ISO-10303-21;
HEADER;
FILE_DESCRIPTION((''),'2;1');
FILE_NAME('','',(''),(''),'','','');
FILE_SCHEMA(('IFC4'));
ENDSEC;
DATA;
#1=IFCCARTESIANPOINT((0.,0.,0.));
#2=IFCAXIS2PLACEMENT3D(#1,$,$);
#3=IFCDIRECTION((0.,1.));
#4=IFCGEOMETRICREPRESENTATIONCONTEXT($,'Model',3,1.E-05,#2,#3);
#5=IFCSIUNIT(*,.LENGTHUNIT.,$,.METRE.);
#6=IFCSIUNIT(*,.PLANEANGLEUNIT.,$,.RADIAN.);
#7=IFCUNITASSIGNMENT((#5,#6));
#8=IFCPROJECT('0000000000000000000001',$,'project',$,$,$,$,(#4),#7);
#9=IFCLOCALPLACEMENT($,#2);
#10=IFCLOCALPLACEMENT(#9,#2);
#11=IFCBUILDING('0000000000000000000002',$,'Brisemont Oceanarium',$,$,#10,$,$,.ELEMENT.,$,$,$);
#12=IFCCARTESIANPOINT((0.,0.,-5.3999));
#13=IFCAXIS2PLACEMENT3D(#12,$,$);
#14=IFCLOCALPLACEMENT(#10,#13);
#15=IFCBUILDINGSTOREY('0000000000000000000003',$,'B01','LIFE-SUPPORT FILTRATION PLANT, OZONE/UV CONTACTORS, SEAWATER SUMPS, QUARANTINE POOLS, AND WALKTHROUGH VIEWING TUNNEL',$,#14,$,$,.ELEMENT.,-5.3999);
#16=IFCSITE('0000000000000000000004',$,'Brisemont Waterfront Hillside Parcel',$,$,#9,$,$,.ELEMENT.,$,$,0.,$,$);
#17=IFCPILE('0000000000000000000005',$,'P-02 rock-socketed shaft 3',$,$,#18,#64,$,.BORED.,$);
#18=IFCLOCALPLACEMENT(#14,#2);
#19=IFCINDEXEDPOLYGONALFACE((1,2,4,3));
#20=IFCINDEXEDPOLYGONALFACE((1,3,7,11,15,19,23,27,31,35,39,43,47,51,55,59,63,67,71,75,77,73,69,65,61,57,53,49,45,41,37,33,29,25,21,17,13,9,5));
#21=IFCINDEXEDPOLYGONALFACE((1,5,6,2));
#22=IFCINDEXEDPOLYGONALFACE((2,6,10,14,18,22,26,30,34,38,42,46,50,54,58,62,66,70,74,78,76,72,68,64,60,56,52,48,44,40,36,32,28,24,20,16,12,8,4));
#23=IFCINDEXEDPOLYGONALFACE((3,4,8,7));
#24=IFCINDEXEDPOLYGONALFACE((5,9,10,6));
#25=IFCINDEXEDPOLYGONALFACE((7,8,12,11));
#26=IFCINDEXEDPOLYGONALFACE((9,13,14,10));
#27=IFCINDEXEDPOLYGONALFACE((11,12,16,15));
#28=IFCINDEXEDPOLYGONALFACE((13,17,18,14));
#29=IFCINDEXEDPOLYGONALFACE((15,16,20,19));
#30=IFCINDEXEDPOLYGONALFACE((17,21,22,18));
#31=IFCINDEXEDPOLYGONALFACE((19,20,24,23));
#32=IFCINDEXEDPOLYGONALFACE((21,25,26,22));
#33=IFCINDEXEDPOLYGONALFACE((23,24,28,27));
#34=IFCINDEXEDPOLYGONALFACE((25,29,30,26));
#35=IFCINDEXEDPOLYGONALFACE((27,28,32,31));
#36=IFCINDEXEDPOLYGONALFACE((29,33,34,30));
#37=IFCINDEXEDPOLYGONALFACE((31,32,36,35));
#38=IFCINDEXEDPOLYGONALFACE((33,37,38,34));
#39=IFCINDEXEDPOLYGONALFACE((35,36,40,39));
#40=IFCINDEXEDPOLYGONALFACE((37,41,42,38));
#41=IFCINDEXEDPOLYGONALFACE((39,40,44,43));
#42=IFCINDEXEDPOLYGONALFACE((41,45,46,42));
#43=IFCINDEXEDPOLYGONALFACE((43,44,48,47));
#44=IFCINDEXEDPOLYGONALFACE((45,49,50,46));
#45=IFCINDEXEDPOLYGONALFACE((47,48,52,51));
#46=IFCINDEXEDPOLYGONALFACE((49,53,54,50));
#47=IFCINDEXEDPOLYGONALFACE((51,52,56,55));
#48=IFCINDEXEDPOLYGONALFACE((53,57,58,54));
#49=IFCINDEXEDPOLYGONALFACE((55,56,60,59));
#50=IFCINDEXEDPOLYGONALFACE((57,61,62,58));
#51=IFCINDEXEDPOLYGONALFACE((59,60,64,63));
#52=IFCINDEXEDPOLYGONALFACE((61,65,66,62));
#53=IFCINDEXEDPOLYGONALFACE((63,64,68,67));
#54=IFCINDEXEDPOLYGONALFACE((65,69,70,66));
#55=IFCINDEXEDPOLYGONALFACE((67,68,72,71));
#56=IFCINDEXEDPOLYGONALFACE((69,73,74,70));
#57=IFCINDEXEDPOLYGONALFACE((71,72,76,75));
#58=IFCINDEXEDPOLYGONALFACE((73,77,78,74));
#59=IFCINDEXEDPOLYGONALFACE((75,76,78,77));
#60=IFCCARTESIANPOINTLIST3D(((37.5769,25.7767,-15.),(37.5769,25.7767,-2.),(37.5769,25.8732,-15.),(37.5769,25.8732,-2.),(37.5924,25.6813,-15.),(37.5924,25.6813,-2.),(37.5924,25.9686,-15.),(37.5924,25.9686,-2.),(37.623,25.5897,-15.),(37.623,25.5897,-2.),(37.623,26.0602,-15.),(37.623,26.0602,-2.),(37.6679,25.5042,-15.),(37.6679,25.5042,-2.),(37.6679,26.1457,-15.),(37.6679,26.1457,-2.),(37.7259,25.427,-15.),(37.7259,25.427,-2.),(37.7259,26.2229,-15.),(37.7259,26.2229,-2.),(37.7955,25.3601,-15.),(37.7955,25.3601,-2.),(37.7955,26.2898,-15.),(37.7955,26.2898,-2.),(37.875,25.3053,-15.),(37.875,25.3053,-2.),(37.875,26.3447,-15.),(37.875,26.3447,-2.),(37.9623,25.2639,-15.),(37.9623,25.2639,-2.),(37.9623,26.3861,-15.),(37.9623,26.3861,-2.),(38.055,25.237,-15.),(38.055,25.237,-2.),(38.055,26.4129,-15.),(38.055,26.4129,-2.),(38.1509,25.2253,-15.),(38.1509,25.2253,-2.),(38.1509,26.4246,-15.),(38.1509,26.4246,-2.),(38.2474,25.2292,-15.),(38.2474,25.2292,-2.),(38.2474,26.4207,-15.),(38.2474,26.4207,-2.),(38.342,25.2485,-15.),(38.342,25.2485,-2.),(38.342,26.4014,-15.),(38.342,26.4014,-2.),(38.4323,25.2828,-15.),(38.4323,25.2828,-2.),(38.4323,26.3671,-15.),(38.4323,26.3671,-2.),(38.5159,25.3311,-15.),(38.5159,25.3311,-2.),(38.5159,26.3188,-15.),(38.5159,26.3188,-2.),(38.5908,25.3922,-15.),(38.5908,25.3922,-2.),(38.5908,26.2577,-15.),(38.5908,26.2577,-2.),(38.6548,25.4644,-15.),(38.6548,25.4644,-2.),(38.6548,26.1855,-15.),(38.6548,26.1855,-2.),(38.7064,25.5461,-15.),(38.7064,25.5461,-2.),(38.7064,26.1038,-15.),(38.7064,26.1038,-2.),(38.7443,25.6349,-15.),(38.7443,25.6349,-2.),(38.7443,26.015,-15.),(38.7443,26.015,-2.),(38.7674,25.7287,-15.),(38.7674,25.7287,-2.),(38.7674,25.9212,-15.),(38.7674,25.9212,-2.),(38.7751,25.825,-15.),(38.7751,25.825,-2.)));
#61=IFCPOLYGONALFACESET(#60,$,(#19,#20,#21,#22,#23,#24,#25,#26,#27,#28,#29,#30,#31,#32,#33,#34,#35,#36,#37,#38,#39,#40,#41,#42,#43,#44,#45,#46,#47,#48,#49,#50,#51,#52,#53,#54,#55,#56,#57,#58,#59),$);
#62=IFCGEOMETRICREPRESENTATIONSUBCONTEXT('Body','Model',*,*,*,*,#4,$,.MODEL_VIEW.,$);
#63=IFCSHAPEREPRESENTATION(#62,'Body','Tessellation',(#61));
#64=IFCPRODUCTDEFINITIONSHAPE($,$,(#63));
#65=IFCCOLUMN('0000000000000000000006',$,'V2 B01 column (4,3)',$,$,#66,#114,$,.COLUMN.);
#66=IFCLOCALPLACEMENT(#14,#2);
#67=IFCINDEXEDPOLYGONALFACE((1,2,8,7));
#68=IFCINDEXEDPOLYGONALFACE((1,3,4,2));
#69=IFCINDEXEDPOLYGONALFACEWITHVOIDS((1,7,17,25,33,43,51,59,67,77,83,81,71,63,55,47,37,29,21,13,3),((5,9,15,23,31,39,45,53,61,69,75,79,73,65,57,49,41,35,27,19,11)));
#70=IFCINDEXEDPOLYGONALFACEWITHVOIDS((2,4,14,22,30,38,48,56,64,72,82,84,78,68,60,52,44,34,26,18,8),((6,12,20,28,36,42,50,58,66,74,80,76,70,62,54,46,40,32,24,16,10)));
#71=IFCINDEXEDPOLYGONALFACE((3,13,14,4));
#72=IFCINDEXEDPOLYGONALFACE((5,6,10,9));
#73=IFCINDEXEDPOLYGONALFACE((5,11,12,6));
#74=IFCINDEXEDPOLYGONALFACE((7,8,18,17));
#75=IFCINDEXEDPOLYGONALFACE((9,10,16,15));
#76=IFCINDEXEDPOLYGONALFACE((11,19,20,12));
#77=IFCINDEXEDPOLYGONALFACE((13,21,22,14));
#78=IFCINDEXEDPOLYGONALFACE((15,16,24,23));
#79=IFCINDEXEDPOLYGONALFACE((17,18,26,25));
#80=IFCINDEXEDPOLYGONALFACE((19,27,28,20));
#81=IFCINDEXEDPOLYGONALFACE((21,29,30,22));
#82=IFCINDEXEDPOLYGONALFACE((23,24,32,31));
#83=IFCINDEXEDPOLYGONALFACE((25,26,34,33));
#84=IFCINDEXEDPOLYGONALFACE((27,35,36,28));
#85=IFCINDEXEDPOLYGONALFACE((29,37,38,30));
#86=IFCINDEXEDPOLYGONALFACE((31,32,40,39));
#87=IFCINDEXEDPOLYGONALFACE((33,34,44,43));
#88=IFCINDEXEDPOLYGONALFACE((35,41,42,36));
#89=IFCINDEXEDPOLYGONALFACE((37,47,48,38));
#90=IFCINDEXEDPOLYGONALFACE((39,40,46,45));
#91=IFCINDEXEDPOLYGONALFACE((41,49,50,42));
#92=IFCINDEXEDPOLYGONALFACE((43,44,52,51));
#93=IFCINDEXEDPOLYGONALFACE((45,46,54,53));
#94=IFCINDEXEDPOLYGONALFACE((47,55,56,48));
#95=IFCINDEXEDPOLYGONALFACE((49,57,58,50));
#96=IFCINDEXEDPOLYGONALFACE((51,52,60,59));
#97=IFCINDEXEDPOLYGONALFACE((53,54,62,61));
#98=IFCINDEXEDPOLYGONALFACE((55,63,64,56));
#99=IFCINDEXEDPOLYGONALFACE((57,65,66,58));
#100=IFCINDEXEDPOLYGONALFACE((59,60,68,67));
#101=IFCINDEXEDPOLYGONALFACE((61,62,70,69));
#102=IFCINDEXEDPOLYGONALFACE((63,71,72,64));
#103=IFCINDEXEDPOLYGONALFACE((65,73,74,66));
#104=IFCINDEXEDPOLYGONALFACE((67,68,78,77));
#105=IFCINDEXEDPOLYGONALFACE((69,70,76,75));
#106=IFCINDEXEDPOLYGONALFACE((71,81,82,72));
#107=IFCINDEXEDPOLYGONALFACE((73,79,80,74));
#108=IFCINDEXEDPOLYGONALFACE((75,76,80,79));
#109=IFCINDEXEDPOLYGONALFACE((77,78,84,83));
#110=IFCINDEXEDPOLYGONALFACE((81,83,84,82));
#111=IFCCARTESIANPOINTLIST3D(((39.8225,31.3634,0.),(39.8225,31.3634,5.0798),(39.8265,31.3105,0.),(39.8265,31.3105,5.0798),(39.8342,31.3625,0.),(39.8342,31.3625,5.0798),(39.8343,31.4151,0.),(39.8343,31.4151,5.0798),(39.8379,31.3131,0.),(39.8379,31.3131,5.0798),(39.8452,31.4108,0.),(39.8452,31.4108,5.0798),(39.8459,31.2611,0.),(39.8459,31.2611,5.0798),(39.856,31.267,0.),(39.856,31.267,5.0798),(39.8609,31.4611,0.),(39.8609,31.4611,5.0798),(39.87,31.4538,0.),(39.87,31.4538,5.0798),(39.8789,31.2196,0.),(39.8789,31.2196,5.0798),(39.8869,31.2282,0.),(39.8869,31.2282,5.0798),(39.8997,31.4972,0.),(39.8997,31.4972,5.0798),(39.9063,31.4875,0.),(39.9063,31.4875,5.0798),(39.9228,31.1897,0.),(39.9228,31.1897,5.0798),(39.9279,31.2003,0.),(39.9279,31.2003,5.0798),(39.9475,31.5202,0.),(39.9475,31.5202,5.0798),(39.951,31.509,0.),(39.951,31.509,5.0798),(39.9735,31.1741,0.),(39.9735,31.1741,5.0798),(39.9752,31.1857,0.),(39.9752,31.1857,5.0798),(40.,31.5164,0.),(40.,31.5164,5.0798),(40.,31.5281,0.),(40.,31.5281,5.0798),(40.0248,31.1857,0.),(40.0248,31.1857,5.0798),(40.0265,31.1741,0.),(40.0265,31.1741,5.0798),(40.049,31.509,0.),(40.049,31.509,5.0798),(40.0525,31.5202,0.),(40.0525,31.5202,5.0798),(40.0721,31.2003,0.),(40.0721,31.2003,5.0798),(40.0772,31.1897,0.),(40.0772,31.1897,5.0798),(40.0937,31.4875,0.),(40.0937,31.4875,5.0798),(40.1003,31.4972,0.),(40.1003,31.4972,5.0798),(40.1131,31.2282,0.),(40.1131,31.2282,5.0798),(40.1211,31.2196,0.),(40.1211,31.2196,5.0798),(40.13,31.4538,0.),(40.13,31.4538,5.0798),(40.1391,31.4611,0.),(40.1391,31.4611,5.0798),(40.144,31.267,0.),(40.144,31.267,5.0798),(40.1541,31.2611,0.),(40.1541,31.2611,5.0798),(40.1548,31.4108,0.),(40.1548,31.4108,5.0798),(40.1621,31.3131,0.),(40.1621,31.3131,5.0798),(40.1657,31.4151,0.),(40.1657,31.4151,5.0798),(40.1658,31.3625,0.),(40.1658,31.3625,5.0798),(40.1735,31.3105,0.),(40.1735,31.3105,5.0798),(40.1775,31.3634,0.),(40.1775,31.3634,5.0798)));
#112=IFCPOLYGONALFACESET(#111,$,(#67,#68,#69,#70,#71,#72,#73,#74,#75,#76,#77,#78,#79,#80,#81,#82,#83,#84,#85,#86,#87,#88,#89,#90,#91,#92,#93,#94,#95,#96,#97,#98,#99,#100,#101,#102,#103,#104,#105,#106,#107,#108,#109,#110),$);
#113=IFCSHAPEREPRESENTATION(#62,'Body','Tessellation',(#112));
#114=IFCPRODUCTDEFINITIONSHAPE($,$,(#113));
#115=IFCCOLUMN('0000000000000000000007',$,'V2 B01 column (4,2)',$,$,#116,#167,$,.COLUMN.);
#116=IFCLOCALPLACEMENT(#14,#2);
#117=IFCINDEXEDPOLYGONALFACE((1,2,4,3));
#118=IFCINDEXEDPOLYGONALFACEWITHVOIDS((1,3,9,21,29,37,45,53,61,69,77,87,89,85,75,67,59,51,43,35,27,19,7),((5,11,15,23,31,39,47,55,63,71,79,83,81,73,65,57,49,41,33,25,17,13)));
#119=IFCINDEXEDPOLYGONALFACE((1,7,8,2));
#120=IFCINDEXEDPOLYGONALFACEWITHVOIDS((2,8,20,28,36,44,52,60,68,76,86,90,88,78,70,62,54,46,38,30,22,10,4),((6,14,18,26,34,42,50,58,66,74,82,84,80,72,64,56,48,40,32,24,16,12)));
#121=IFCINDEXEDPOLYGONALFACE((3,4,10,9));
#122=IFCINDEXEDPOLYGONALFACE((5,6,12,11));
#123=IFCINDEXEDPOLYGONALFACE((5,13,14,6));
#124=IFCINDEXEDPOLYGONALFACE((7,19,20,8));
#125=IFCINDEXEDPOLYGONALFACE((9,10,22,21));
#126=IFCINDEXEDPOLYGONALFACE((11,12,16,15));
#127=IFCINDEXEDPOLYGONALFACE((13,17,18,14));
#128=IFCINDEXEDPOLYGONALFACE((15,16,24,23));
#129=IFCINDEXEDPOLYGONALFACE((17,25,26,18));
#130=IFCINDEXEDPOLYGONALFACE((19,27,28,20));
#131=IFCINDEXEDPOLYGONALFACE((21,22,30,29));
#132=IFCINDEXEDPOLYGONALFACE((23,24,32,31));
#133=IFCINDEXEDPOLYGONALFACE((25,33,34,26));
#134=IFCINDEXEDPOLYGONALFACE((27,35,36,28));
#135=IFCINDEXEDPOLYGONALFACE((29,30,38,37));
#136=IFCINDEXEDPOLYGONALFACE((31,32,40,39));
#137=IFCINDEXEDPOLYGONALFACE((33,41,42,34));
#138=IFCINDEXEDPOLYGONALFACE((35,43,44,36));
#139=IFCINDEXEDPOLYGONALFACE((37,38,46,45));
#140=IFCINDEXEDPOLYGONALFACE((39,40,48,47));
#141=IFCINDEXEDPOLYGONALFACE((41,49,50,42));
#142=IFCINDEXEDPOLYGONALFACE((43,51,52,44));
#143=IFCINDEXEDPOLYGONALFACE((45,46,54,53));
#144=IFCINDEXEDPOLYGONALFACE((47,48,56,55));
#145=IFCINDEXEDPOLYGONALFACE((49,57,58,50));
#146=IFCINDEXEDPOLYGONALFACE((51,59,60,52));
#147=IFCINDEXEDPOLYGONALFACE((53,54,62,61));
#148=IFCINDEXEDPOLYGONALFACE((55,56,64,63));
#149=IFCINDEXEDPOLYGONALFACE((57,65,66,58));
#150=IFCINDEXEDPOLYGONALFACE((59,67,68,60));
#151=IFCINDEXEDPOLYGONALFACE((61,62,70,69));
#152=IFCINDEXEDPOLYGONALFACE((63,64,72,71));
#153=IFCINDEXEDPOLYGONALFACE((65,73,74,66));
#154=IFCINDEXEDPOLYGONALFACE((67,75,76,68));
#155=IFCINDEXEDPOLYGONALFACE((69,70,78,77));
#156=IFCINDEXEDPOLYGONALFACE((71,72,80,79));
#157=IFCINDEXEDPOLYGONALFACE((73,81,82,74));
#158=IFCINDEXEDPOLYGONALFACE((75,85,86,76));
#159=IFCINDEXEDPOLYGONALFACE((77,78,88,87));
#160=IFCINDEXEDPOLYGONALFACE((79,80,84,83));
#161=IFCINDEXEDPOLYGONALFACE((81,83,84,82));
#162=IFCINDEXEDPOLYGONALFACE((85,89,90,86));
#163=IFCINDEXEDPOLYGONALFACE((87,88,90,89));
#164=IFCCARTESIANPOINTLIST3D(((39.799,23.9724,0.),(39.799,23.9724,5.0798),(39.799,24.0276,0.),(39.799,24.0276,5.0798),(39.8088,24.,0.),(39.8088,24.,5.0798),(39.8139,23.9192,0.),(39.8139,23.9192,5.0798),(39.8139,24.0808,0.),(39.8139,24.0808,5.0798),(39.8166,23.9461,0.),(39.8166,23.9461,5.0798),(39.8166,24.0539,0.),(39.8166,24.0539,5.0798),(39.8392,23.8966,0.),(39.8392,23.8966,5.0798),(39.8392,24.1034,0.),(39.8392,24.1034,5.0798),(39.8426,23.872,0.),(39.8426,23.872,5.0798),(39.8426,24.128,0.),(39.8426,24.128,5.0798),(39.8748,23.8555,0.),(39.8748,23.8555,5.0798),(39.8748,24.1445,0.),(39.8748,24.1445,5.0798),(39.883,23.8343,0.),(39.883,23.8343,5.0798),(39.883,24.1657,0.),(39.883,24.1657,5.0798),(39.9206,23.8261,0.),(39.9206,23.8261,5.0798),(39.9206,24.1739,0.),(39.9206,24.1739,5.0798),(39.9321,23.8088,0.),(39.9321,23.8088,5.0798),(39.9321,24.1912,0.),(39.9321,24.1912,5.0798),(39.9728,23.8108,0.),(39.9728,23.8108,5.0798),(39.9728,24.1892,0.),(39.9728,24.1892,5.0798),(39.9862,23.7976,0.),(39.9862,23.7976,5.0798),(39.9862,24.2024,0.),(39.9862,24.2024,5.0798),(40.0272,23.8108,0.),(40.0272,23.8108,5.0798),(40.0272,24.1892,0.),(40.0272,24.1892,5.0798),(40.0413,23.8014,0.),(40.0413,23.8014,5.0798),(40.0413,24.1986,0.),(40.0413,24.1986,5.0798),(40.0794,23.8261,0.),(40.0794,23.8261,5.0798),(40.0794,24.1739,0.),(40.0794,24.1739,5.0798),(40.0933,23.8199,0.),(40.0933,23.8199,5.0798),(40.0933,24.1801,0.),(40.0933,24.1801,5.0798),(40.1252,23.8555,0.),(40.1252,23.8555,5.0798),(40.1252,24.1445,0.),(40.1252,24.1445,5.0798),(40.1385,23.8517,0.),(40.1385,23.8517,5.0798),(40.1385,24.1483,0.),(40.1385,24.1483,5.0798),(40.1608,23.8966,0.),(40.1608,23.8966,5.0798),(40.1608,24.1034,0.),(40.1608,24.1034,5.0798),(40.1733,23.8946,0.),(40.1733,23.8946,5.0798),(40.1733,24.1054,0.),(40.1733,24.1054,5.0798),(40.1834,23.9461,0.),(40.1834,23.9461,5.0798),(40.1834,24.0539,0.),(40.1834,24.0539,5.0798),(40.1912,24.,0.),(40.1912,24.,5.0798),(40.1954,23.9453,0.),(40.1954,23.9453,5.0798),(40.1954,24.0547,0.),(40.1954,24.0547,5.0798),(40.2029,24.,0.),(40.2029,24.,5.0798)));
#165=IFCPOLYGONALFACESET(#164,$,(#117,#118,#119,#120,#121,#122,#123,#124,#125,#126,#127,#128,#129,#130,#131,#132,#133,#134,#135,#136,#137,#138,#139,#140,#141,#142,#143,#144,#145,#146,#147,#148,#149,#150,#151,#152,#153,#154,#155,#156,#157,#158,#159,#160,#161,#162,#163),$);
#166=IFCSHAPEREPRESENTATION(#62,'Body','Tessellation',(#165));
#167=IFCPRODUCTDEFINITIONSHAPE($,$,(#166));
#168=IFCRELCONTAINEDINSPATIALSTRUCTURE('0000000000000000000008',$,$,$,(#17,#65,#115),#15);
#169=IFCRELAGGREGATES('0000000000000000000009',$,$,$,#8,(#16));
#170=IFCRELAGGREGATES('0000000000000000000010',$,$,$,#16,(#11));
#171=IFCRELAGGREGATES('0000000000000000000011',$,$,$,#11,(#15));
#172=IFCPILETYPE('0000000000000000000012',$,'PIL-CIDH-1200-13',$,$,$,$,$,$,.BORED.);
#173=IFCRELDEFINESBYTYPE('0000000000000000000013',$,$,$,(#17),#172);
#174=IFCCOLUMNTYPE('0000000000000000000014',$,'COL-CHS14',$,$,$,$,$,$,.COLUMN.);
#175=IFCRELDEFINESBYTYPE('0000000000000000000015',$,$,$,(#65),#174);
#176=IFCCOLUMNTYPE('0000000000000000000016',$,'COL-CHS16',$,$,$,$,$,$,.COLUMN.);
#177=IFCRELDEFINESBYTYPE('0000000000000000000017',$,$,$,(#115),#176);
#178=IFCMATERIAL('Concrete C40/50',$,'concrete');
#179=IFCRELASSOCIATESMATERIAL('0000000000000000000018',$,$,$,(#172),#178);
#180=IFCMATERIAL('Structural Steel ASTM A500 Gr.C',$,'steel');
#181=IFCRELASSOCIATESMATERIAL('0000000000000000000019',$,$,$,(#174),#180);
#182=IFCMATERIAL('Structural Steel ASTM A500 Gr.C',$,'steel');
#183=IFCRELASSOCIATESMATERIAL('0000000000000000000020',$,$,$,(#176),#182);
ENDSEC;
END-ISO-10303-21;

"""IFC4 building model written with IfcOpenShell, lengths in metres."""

from ifc_helpers import new_model, si_unit, direction, frame, origin, origin_2d, place, context, subcontext, project, spatial, circle, hollow_circle, extrude, material, material_profile, profile_set, type_object, element, save


model = new_model("IFC4")

# Units and contexts
model_context = context("Model", 3, precision=1e-05, world=origin(), true_north=direction((0.0, 1.0)))
body_context = subcontext(model_context, "Body", "Model", "MODEL_VIEW")
ifc_project = project(units=[si_unit("LENGTHUNIT", "METRE"), si_unit("PLANEANGLEUNIT", "RADIAN")], contexts=[model_context])

# Site, building, storey
site_placement = place(None, origin())
site = spatial("IfcSite", under=ifc_project, at=site_placement, Name="Brisemont Waterfront Hillside Parcel", CompositionType="ELEMENT", RefElevation=0.0)
building_placement = place(site_placement, origin())
building = spatial("IfcBuilding", under=site, at=building_placement, Name="Brisemont Oceanarium", CompositionType="ELEMENT")
storey_placement = place(building_placement, frame((0.0, 0.0, -5.3999)))
storey = spatial("IfcBuildingStorey", under=building, at=storey_placement, Name="B01", Description="LIFE-SUPPORT FILTRATION PLANT, OZONE/UV CONTACTORS, SEAWATER SUMPS, QUARANTINE POOLS, AND WALKTHROUGH VIEWING TUNNEL", CompositionType="ELEMENT", Elevation=-5.3999)

# Pile
ifc_material_1 = material(Name="Concrete C40/50", Category="concrete")
ifc_material_profile_1 = material_profile(ifc_material_1, circle(Radius=0.6001, at=origin_2d()), Name="CIDH-D1200")
ifc_profile_set_1 = profile_set([ifc_material_profile_1], Name="Concrete C40/50")
pile_type = type_object("IfcPileType", Name="PIL-CIDH-1200-13", PredefinedType="BORED", material=ifc_profile_set_1)
for number, where, z_axis, x_axis, name in (
    (1, (38.175, 25.825, -2.0), (0.0, 0.0, -1.0), (1.0, 0.0, 0.0), "P-02 rock-socketed shaft 3"),
):
    element("IfcPile", number, at=place(storey_placement, frame(where, z_axis=z_axis, x_axis=x_axis)), inside=storey, type_object=pile_type, Name=name, PredefinedType="BORED", context=body_context, shape_type="SweptSolid", body=[
        extrude(circle(Radius=0.6001, at=origin_2d()), origin(), (0.0, 0.0, 1.0), 13.0),
    ])

# Columns
ifc_material_2 = material(Name="Structural Steel ASTM A500 Gr.C", Category="steel")
ifc_material_profile_2 = material_profile(ifc_material_2, hollow_circle(Radius=0.178, WallThickness=0.0117, at=origin_2d()), Name="HSS14.000X0.500")
ifc_profile_set_2 = profile_set([ifc_material_profile_2], Name="Structural Steel ASTM A500 Gr.C")
column_type_1 = type_object("IfcColumnType", Name="COL-CHS14", PredefinedType="COLUMN", material=ifc_profile_set_2)
column_1_placement = place(storey_placement, frame((40.0, 31.3501, 0.0), z_axis=(0.0, 0.0, 1.0), x_axis=(0.0, 1.0, 0.0)))
element("IfcColumn", 2, at=column_1_placement, inside=storey, type_object=column_type_1, Name="V2 B01 column (4,3)", PredefinedType="COLUMN", context=body_context, shape_type="SweptSolid", body=[
    extrude(hollow_circle(Radius=0.178, WallThickness=0.0117, at=origin_2d()), origin(), (0.0, 0.0, 1.0), 5.0798),
])
ifc_material_3 = material(Name="Structural Steel ASTM A500 Gr.C", Category="steel")
ifc_material_profile_3 = material_profile(ifc_material_3, hollow_circle(Radius=0.2029, WallThickness=0.0117, at=origin_2d()), Name="HSS16.000X0.500")
ifc_profile_set_3 = profile_set([ifc_material_profile_3], Name="Structural Steel ASTM A500 Gr.C")
column_type_2 = type_object("IfcColumnType", Name="COL-CHS16", PredefinedType="COLUMN", material=ifc_profile_set_3)
column_2_placement = place(storey_placement, frame((40.0, 24.0, 0.0), z_axis=(0.0, 0.0, 1.0), x_axis=(1.0, 0.0, 0.0)))
element("IfcColumn", 3, at=column_2_placement, inside=storey, type_object=column_type_2, Name="V2 B01 column (4,2)", PredefinedType="COLUMN", context=body_context, shape_type="SweptSolid", body=[
    extrude(hollow_circle(Radius=0.2029, WallThickness=0.0117, at=origin_2d()), origin(), (0.0, 0.0, 1.0), 5.0798),
])

save(model, "model.ifc")
